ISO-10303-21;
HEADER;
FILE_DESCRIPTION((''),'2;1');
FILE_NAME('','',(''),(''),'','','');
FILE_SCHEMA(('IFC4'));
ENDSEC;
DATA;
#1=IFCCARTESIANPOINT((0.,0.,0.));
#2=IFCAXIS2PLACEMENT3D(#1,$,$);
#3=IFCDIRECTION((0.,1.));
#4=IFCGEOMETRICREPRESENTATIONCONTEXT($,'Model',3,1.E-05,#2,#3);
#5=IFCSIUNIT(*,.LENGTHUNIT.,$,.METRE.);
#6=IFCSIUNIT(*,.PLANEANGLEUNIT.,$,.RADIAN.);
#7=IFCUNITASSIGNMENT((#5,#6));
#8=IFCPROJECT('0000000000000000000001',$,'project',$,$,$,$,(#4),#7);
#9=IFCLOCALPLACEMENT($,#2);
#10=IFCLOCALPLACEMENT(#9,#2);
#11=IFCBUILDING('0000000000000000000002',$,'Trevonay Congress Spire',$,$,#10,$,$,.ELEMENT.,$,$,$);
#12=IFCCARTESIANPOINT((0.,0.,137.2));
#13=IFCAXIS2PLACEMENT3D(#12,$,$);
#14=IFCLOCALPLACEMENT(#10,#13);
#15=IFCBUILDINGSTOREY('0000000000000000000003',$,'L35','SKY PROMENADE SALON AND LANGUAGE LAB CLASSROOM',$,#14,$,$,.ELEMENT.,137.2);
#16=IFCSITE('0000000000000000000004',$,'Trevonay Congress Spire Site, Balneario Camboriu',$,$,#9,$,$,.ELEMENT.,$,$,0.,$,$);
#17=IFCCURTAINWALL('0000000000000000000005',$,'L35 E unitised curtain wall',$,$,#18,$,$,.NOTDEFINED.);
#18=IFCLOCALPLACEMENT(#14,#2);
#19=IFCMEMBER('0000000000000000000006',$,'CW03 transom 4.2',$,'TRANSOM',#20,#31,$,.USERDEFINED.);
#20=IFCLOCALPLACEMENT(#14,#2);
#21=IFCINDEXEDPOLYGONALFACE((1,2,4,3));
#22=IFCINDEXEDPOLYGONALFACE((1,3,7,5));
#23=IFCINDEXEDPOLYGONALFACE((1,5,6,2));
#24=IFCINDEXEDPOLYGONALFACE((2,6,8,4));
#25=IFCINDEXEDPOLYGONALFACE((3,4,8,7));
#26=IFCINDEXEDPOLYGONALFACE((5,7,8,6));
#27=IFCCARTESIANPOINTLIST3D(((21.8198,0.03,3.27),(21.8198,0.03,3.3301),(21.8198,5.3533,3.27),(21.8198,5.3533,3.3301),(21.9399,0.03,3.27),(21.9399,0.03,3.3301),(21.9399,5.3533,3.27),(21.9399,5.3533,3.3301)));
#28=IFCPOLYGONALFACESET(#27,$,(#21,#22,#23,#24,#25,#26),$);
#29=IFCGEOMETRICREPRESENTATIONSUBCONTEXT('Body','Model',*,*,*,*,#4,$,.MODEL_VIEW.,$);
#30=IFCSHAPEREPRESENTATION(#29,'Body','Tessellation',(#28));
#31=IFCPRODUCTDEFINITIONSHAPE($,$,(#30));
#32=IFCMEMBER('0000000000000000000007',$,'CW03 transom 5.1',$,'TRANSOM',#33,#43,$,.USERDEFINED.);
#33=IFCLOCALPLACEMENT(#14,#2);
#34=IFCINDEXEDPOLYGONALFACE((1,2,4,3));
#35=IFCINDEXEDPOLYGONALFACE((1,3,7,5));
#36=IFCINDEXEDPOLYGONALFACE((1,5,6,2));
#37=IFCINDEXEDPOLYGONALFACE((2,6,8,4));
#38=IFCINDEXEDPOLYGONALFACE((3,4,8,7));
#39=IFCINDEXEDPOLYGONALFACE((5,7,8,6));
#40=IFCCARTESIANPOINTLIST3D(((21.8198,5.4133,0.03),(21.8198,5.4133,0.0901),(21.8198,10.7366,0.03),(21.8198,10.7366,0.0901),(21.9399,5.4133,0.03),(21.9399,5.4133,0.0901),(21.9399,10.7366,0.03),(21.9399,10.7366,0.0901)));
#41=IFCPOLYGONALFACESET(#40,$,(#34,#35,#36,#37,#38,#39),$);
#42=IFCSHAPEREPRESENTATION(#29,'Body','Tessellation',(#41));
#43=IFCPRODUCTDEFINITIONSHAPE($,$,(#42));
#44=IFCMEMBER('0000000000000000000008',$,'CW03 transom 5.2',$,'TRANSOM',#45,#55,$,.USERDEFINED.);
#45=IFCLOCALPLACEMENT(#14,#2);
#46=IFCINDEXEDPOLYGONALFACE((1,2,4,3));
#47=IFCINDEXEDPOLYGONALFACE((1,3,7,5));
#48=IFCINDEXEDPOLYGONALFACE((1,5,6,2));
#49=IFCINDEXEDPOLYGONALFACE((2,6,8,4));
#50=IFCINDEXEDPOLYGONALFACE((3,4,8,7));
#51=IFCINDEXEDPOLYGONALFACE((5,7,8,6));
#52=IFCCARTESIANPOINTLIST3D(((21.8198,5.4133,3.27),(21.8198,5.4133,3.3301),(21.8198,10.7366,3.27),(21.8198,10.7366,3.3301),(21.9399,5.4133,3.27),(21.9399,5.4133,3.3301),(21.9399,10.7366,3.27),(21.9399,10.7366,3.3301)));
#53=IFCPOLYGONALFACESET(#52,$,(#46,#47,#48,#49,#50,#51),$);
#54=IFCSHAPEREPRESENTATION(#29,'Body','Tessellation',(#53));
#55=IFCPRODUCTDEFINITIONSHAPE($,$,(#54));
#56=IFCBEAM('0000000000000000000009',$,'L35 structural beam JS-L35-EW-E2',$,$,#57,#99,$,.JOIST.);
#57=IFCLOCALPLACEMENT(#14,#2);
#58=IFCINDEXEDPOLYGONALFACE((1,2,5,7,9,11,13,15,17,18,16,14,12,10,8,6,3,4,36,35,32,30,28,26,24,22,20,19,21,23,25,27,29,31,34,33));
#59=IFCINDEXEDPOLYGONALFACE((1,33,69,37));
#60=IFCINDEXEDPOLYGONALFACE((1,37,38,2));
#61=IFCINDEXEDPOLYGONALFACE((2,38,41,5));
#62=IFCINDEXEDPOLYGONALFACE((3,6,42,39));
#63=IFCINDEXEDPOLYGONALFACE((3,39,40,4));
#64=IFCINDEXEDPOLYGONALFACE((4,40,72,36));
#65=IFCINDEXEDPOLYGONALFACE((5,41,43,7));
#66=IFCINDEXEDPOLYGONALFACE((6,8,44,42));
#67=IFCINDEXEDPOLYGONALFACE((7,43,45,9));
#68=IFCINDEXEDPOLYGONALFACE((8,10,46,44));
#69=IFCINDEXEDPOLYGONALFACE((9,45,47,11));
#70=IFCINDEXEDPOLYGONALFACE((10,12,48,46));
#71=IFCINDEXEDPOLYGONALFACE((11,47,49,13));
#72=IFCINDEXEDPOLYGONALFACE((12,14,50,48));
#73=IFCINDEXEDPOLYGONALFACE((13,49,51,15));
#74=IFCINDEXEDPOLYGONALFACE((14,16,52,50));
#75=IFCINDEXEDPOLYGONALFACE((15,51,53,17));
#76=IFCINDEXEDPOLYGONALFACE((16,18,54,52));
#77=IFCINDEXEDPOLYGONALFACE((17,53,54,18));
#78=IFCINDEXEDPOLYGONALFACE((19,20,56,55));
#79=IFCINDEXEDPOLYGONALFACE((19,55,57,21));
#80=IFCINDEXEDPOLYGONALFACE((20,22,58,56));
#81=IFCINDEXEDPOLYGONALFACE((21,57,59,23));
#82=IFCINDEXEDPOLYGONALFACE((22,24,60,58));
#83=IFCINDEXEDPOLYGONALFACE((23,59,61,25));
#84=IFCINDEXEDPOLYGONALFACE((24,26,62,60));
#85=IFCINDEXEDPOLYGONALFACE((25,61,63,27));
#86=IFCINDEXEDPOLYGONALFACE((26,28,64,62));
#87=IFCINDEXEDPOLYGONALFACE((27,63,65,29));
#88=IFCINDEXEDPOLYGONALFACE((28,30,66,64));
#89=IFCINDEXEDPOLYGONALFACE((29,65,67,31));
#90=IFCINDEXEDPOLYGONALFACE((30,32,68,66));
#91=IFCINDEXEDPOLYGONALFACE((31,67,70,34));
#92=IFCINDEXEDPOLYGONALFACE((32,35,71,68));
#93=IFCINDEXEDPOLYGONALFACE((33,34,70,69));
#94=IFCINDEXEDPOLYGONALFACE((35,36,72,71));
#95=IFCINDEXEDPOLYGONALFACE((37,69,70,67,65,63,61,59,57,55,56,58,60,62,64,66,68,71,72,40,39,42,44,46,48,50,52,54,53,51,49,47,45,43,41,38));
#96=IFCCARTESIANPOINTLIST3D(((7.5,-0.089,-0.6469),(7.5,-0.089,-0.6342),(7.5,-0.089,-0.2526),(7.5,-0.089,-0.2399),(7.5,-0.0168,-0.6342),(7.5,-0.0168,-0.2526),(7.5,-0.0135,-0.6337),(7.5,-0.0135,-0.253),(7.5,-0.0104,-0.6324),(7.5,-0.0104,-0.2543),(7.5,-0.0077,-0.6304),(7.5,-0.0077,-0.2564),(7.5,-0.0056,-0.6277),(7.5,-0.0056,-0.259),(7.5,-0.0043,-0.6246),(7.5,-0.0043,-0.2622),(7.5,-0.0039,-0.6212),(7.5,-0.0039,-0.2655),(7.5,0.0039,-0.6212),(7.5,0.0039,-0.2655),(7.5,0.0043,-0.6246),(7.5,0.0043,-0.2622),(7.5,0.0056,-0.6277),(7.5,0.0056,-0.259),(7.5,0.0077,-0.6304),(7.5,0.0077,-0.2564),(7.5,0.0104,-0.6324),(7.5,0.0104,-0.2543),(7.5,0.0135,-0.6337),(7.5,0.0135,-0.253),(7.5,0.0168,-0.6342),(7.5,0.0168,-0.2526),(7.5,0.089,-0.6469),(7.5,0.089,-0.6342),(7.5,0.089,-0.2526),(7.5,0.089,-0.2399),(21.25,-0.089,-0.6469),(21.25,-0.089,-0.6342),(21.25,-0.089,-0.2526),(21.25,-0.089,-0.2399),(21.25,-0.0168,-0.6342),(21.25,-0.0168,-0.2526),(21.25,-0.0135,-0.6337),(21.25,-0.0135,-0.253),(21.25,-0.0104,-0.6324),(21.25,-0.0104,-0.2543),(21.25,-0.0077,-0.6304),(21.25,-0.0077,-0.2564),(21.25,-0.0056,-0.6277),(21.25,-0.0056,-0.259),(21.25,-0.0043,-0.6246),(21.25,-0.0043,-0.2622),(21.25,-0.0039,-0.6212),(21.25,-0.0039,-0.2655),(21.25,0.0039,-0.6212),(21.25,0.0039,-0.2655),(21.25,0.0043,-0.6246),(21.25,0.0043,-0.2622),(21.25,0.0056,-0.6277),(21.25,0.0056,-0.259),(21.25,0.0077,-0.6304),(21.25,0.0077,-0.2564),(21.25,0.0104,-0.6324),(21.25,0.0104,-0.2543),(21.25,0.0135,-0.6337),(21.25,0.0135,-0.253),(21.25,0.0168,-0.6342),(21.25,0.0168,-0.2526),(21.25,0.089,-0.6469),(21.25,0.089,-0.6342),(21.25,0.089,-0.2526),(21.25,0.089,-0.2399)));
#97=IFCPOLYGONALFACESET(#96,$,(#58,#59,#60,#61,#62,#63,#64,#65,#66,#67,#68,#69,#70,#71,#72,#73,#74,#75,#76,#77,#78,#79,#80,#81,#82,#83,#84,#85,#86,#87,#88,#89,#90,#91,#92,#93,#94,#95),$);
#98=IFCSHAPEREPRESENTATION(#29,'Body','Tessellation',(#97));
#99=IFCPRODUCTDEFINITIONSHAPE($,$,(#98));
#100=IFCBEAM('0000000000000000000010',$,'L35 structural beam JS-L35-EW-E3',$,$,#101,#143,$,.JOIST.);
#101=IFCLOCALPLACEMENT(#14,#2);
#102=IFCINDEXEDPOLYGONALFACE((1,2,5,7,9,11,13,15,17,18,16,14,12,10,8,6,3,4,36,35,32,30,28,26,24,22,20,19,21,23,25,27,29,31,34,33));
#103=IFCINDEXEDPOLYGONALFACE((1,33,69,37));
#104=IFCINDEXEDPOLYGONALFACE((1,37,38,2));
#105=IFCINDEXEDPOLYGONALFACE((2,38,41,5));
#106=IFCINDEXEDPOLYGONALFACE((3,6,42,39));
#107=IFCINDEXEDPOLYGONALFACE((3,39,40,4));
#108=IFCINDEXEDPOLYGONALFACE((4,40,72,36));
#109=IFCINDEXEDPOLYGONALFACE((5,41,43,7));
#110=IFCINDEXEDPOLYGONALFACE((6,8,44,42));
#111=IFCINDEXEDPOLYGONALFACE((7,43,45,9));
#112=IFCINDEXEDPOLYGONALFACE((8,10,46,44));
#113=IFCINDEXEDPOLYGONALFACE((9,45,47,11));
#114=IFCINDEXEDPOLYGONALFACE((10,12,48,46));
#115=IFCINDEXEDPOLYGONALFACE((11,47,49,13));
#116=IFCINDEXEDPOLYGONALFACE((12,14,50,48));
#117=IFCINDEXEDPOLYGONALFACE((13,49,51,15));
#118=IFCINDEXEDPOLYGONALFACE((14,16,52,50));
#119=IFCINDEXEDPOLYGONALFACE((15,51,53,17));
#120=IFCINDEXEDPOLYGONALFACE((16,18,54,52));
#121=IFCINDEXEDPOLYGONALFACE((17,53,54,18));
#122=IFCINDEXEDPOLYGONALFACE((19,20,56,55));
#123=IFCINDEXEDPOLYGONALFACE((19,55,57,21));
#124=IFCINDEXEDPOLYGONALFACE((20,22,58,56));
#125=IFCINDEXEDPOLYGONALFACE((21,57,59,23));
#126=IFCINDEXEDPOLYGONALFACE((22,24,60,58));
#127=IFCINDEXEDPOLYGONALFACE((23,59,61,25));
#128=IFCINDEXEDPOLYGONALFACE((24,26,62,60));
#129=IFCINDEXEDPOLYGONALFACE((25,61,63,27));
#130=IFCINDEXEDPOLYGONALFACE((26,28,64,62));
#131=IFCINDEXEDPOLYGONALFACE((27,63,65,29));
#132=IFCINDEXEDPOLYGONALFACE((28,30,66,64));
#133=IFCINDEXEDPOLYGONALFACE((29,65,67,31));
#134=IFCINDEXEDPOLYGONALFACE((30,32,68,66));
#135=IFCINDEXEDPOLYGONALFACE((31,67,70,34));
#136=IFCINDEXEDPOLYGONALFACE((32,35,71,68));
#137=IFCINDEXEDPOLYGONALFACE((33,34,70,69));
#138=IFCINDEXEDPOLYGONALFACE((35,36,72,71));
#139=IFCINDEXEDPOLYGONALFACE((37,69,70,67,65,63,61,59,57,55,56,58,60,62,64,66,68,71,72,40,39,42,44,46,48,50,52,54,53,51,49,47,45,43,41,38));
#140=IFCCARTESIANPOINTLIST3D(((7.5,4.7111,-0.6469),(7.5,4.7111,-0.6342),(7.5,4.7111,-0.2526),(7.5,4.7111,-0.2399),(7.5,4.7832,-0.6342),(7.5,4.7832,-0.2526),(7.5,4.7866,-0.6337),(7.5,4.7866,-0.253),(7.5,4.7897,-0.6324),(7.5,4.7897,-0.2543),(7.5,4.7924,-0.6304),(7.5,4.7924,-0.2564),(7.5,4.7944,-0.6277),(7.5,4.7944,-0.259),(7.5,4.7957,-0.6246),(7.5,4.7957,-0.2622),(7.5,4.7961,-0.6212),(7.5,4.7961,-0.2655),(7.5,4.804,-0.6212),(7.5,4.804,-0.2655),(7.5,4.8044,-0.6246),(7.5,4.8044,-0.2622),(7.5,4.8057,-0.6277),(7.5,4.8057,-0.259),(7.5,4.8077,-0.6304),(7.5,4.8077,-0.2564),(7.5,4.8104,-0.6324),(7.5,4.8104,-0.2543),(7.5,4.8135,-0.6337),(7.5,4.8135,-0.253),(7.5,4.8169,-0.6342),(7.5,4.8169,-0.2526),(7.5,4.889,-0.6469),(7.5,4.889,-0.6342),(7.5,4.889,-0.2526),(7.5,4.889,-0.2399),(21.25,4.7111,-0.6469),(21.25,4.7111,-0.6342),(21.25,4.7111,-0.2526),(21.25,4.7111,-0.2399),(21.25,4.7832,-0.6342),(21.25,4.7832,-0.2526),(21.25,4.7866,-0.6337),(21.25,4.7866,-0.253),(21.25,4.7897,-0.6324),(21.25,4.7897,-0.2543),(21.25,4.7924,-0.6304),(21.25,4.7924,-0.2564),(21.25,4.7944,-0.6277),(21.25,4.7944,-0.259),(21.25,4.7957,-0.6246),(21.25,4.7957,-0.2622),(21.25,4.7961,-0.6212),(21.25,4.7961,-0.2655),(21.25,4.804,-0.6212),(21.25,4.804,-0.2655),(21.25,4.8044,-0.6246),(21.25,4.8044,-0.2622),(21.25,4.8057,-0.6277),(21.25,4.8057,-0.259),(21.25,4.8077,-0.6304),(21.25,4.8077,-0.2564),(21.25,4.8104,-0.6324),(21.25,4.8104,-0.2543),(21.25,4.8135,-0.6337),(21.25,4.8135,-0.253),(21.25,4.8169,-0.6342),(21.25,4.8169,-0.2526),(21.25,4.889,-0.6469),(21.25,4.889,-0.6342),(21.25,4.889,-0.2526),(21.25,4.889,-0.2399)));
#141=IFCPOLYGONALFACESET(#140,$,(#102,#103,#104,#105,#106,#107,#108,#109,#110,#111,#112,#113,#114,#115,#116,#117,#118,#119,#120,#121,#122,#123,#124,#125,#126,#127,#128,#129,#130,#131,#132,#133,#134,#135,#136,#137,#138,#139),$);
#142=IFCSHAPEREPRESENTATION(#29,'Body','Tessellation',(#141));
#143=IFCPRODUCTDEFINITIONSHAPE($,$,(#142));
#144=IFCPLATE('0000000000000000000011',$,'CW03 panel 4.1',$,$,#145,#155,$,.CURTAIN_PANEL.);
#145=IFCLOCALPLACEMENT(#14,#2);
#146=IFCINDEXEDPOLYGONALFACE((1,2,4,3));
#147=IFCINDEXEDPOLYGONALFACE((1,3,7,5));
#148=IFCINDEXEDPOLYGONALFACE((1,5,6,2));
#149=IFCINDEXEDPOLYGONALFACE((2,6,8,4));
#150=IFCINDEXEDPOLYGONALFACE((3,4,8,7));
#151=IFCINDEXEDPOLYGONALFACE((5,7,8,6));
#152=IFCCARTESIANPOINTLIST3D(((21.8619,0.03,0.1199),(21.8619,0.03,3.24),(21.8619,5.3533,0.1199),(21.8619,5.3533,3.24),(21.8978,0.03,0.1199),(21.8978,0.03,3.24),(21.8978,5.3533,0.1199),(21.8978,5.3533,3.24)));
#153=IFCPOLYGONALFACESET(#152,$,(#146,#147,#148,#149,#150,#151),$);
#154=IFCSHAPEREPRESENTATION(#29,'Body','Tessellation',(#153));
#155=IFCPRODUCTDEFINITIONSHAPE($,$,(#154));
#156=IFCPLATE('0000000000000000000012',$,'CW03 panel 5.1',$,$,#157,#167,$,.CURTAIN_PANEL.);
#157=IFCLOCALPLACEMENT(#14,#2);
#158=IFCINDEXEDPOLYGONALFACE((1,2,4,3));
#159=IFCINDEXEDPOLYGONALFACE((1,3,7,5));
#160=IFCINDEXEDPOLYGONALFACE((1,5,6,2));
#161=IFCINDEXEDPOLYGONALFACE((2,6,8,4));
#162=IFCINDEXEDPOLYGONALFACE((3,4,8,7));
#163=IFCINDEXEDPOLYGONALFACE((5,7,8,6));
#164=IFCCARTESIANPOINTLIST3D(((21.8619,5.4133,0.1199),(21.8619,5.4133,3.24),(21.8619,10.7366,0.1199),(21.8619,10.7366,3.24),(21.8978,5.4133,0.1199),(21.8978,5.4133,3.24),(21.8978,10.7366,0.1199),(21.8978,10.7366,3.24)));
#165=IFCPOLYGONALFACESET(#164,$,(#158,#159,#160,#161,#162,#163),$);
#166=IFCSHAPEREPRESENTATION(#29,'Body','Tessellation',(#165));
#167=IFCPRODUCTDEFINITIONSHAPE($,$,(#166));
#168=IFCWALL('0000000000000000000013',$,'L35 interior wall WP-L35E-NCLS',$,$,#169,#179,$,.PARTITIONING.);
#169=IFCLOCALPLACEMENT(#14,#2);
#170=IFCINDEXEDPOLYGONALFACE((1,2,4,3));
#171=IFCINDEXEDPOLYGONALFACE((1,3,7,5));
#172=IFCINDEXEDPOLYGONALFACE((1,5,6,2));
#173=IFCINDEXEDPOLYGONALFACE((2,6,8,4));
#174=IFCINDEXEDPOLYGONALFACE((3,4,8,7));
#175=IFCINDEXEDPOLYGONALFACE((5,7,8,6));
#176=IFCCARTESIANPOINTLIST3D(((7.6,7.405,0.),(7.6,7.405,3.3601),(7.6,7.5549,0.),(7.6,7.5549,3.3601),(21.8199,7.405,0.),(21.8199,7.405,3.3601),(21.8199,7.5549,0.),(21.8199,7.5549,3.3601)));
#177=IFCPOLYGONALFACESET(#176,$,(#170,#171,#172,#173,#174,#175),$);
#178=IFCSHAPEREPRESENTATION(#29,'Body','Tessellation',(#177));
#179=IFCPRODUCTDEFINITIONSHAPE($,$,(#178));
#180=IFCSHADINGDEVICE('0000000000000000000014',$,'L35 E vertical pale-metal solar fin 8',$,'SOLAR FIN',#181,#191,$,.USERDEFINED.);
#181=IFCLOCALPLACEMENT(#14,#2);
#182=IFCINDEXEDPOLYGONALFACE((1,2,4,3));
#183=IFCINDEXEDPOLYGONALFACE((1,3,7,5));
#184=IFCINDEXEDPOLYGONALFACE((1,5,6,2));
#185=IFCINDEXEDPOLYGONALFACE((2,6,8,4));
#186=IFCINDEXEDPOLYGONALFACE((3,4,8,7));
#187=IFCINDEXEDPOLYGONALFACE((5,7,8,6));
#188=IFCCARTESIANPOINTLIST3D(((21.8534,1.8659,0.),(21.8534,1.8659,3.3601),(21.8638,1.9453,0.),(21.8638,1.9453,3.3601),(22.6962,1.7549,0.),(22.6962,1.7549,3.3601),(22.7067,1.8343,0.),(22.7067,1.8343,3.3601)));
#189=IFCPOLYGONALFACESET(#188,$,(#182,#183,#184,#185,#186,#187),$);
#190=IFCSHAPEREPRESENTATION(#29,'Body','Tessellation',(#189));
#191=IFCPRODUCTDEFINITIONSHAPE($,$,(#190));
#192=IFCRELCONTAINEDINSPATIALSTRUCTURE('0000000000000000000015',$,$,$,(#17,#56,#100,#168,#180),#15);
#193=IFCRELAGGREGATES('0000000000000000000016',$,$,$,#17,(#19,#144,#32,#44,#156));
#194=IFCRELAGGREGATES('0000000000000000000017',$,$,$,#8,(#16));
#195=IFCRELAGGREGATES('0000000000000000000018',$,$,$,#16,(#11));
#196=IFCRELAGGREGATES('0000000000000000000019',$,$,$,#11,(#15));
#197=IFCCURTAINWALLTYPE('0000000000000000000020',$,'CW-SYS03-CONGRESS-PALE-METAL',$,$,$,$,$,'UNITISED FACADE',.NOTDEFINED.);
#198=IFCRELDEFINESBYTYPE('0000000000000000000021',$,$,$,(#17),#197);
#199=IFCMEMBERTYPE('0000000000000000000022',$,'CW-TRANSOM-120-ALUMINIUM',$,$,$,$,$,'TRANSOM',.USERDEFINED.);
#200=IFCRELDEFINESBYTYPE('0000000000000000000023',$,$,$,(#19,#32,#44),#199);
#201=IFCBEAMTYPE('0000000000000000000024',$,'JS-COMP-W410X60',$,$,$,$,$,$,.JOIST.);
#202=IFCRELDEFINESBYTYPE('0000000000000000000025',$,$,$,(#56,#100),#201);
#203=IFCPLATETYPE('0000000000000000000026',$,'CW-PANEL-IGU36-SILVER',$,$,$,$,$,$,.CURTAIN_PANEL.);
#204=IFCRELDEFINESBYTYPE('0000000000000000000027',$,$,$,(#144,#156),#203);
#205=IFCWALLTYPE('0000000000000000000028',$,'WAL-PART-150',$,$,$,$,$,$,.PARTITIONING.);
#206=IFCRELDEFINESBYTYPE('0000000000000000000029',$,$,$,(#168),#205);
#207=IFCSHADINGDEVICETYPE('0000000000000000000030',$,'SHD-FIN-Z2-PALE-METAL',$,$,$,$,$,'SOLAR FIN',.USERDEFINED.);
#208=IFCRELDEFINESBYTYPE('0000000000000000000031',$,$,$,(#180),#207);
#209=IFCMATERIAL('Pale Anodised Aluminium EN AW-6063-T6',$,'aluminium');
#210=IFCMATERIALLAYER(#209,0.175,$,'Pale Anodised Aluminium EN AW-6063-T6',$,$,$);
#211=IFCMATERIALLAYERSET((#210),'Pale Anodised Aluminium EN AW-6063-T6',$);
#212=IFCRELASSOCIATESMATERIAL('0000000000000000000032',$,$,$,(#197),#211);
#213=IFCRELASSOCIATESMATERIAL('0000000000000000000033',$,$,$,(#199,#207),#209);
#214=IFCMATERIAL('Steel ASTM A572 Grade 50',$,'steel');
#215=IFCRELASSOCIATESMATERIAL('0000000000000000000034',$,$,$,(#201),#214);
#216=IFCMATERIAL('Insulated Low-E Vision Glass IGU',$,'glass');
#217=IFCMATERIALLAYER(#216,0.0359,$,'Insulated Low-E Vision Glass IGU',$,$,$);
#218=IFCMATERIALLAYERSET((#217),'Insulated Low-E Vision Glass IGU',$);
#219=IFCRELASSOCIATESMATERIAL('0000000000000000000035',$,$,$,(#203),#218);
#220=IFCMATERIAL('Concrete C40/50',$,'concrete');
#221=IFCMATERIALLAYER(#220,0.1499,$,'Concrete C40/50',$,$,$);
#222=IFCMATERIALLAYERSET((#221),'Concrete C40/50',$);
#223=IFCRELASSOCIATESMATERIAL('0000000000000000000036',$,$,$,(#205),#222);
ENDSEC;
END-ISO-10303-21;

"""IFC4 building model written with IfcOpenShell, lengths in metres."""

from ifc_helpers import new_model, si_unit, direction, frame, frame_2d, origin, origin_2d, place, context, subcontext, project, spatial, rectangle, i_section, extrude, material, layer, layer_set, material_profile, profile_set, type_object, element, aggregate, save


model = new_model("IFC4")

# Units and contexts
model_context = context("Model", 3, precision=1e-05, world=origin(), true_north=direction((0.0, 1.0)))
body_context = subcontext(model_context, "Body", "Model", "MODEL_VIEW")
ifc_project = project(units=[si_unit("LENGTHUNIT", "METRE"), si_unit("PLANEANGLEUNIT", "RADIAN")], contexts=[model_context])

# Site, building, storey
site_placement = place(None, origin())
site = spatial("IfcSite", under=ifc_project, at=site_placement, Name="Trevonay Congress Spire Site, Balneario Camboriu", CompositionType="ELEMENT", RefElevation=0.0)
building_placement = place(site_placement, origin())
building = spatial("IfcBuilding", under=site, at=building_placement, Name="Trevonay Congress Spire", CompositionType="ELEMENT")
storey_placement = place(building_placement, frame((0.0, 0.0, 137.2)))
storey = spatial("IfcBuildingStorey", under=building, at=storey_placement, Name="L35", Description="SKY PROMENADE SALON AND LANGUAGE LAB CLASSROOM", CompositionType="ELEMENT", Elevation=137.2)

# Shared definitions
ifc_material_1 = material(Name="Steel ASTM A572 Grade 50", Category="steel")

# Curtain wall, members
ifc_material_2 = material(Name="Pale Anodised Aluminium EN AW-6063-T6", Category="aluminium")
ifc_layer_1 = layer(ifc_material_2, 0.175, Name="Pale Anodised Aluminium EN AW-6063-T6")
ifc_layer_set_1 = layer_set([ifc_layer_1], Name="Pale Anodised Aluminium EN AW-6063-T6")
curtain_wall_type = type_object("IfcCurtainWallType", Name="CW-SYS03-CONGRESS-PALE-METAL", ElementType="UNITISED FACADE", PredefinedType="NOTDEFINED", material=ifc_layer_set_1)
curtain_wall_placement = place(storey_placement, origin())
curtain_wall = element("IfcCurtainWall", 1, at=curtain_wall_placement, inside=storey, type_object=curtain_wall_type, Name="L35 E unitised curtain wall", PredefinedType="NOTDEFINED")
ifc_material_profile_1 = material_profile(ifc_material_2, rectangle(XDim=0.1201, YDim=0.0601, at=origin_2d()), Name="CW-TRANSOM-120-ALUMINIUM")
ifc_profile_set_1 = profile_set([ifc_material_profile_1], Name="Pale Anodised Aluminium EN AW-6063-T6")
member_type_1 = type_object("IfcMemberType", Name="CW-TRANSOM-120-ALUMINIUM", ElementType="TRANSOM", PredefinedType="USERDEFINED", material=ifc_profile_set_1)
member_1_placement = place(storey_placement, frame((21.8799, 0.03, 3.3), z_axis=(0.0, 1.0, 0.0), x_axis=(-1.0, 0.0, 0.0)))
member_1 = element("IfcMember", 2, at=member_1_placement, type_object=member_type_1, Name="CW03 transom 4.2", ObjectType="TRANSOM", PredefinedType="USERDEFINED", context=body_context, shape_type="SweptSolid", body=[
    extrude(rectangle(XDim=0.1201, YDim=0.0601, at=origin_2d()), origin(), (0.0, 0.0, 1.0), 5.3232),
])
member_2_placement = place(storey_placement, frame((21.8799, 5.4133, 0.0601), z_axis=(0.0, 1.0, 0.0), x_axis=(-1.0, 0.0, 0.0)))
member_2 = element("IfcMember", 3, at=member_2_placement, type_object=member_type_1, Name="CW03 transom 5.1", ObjectType="TRANSOM", PredefinedType="USERDEFINED", context=body_context, shape_type="SweptSolid", body=[
    extrude(rectangle(XDim=0.1201, YDim=0.0601, at=origin_2d()), origin(), (0.0, 0.0, 1.0), 5.3232),
])
member_3_placement = place(storey_placement, frame((21.8799, 5.4133, 3.3), z_axis=(0.0, 1.0, 0.0), x_axis=(-1.0, 0.0, 0.0)))
member_3 = element("IfcMember", 4, at=member_3_placement, type_object=member_type_1, Name="CW03 transom 5.2", ObjectType="TRANSOM", PredefinedType="USERDEFINED", context=body_context, shape_type="SweptSolid", body=[
    extrude(rectangle(XDim=0.1201, YDim=0.0601, at=origin_2d()), origin(), (0.0, 0.0, 1.0), 5.3232),
])

# Beams
ifc_material_profile_2 = material_profile(ifc_material_1, i_section(OverallWidth=0.178, OverallDepth=0.407, WebThickness=0.0078, FlangeThickness=0.0127, FilletRadius=0.0129, at=origin_2d()), Name="W410x60")
ifc_profile_set_2 = profile_set([ifc_material_profile_2], Name="Steel ASTM A572 Grade 50")
beam_type_1 = type_object("IfcBeamType", Name="JS-COMP-W410X60", PredefinedType="JOIST", material=ifc_profile_set_2)
for number, where, z_axis, x_axis, name in (
    (5, (7.5, 0.0, -0.4434), (1.0, 0.0, 0.0), (0.0, 1.0, 0.0), "L35 structural beam JS-L35-EW-E2"),
    (6, (7.5, 4.8, -0.4434), (1.0, 0.0, 0.0), (0.0, 1.0, 0.0), "L35 structural beam JS-L35-EW-E3"),
):
    element("IfcBeam", number, at=place(storey_placement, frame(where, z_axis=z_axis, x_axis=x_axis)), inside=storey, type_object=beam_type_1, Name=name, PredefinedType="JOIST", context=body_context, shape_type="SweptSolid", body=[
        extrude(i_section(OverallWidth=0.178, OverallDepth=0.407, WebThickness=0.0078, FlangeThickness=0.0127, FilletRadius=0.0129, at=origin_2d()), origin(), (0.0, 0.0, 1.0), 13.75),
    ])

# Plates
ifc_material_3 = material(Name="Insulated Low-E Vision Glass IGU", Category="glass")
ifc_layer_2 = layer(ifc_material_3, 0.0359, Name="Insulated Low-E Vision Glass IGU")
ifc_layer_set_2 = layer_set([ifc_layer_2], Name="Insulated Low-E Vision Glass IGU")
plate_type = type_object("IfcPlateType", Name="CW-PANEL-IGU36-SILVER", PredefinedType="CURTAIN_PANEL", material=ifc_layer_set_2)
plate_1_placement = place(storey_placement, frame((21.8799, 2.6917, 0.1199), z_axis=(0.0, 0.0, 1.0), x_axis=(0.0, 1.0, 0.0)))
plate_1 = element("IfcPlate", 7, at=plate_1_placement, type_object=plate_type, Name="CW03 panel 4.1", PredefinedType="CURTAIN_PANEL", context=body_context, shape_type="SweptSolid", body=[
    extrude(rectangle(XDim=5.3232, YDim=0.0359, at=origin_2d()), origin(), (0.0, 0.0, 1.0), 3.1201),
])
plate_2_placement = place(storey_placement, frame((21.8799, 8.075, 0.1199), z_axis=(0.0, 0.0, 1.0), x_axis=(0.0, 1.0, 0.0)))
plate_2 = element("IfcPlate", 8, at=plate_2_placement, type_object=plate_type, Name="CW03 panel 5.1", PredefinedType="CURTAIN_PANEL", context=body_context, shape_type="SweptSolid", body=[
    extrude(rectangle(XDim=5.3232, YDim=0.0359, at=origin_2d()), origin(), (0.0, 0.0, 1.0), 3.1201),
])
aggregate(curtain_wall, [member_1, plate_1, member_2, member_3, plate_2])

# Wall
ifc_material_4 = material(Name="Concrete C40/50", Category="concrete")
ifc_layer_3 = layer(ifc_material_4, 0.1499, Name="Concrete C40/50")
ifc_layer_set_3 = layer_set([ifc_layer_3], Name="Concrete C40/50")
wall_type = type_object("IfcWallType", Name="WAL-PART-150", PredefinedType="PARTITIONING", material=ifc_layer_set_3)
wall_placement = place(storey_placement, frame((7.6001, 7.48, 0.0), z_axis=(0.0, 0.0, 1.0), x_axis=(1.0, 0.0, 0.0)))
element("IfcWall", 9, at=wall_placement, inside=storey, type_object=wall_type, Name="L35 interior wall WP-L35E-NCLS", PredefinedType="PARTITIONING", context=body_context, shape_type="SweptSolid", body=[
    extrude(rectangle(XDim=14.22, YDim=0.1499, at=frame_2d((7.1099, 0.0))), origin(), (0.0, 0.0, 1.0), 3.3601),
])

# Shading device
shading_device_type = type_object("IfcShadingDeviceType", Name="SHD-FIN-Z2-PALE-METAL", ElementType="SOLAR FIN", PredefinedType="USERDEFINED", material=ifc_material_2)
for number, where, z_axis, x_axis, name in (
    (10, (22.28, 1.8501, 0.0), (0.0, 0.0, 1.0), (0.130526, 0.991445, 0.0), "L35 E vertical pale-metal solar fin 8"),
):
    element("IfcShadingDevice", number, at=place(storey_placement, frame(where, z_axis=z_axis, x_axis=x_axis)), inside=storey, type_object=shading_device_type, Name=name, ObjectType="SOLAR FIN", PredefinedType="USERDEFINED", context=body_context, shape_type="SweptSolid", body=[
        extrude(rectangle(XDim=0.0801, YDim=0.8501, at=origin_2d()), origin(), (0.0, 0.0, 1.0), 3.3601),
    ])

save(model, "model.ifc")
